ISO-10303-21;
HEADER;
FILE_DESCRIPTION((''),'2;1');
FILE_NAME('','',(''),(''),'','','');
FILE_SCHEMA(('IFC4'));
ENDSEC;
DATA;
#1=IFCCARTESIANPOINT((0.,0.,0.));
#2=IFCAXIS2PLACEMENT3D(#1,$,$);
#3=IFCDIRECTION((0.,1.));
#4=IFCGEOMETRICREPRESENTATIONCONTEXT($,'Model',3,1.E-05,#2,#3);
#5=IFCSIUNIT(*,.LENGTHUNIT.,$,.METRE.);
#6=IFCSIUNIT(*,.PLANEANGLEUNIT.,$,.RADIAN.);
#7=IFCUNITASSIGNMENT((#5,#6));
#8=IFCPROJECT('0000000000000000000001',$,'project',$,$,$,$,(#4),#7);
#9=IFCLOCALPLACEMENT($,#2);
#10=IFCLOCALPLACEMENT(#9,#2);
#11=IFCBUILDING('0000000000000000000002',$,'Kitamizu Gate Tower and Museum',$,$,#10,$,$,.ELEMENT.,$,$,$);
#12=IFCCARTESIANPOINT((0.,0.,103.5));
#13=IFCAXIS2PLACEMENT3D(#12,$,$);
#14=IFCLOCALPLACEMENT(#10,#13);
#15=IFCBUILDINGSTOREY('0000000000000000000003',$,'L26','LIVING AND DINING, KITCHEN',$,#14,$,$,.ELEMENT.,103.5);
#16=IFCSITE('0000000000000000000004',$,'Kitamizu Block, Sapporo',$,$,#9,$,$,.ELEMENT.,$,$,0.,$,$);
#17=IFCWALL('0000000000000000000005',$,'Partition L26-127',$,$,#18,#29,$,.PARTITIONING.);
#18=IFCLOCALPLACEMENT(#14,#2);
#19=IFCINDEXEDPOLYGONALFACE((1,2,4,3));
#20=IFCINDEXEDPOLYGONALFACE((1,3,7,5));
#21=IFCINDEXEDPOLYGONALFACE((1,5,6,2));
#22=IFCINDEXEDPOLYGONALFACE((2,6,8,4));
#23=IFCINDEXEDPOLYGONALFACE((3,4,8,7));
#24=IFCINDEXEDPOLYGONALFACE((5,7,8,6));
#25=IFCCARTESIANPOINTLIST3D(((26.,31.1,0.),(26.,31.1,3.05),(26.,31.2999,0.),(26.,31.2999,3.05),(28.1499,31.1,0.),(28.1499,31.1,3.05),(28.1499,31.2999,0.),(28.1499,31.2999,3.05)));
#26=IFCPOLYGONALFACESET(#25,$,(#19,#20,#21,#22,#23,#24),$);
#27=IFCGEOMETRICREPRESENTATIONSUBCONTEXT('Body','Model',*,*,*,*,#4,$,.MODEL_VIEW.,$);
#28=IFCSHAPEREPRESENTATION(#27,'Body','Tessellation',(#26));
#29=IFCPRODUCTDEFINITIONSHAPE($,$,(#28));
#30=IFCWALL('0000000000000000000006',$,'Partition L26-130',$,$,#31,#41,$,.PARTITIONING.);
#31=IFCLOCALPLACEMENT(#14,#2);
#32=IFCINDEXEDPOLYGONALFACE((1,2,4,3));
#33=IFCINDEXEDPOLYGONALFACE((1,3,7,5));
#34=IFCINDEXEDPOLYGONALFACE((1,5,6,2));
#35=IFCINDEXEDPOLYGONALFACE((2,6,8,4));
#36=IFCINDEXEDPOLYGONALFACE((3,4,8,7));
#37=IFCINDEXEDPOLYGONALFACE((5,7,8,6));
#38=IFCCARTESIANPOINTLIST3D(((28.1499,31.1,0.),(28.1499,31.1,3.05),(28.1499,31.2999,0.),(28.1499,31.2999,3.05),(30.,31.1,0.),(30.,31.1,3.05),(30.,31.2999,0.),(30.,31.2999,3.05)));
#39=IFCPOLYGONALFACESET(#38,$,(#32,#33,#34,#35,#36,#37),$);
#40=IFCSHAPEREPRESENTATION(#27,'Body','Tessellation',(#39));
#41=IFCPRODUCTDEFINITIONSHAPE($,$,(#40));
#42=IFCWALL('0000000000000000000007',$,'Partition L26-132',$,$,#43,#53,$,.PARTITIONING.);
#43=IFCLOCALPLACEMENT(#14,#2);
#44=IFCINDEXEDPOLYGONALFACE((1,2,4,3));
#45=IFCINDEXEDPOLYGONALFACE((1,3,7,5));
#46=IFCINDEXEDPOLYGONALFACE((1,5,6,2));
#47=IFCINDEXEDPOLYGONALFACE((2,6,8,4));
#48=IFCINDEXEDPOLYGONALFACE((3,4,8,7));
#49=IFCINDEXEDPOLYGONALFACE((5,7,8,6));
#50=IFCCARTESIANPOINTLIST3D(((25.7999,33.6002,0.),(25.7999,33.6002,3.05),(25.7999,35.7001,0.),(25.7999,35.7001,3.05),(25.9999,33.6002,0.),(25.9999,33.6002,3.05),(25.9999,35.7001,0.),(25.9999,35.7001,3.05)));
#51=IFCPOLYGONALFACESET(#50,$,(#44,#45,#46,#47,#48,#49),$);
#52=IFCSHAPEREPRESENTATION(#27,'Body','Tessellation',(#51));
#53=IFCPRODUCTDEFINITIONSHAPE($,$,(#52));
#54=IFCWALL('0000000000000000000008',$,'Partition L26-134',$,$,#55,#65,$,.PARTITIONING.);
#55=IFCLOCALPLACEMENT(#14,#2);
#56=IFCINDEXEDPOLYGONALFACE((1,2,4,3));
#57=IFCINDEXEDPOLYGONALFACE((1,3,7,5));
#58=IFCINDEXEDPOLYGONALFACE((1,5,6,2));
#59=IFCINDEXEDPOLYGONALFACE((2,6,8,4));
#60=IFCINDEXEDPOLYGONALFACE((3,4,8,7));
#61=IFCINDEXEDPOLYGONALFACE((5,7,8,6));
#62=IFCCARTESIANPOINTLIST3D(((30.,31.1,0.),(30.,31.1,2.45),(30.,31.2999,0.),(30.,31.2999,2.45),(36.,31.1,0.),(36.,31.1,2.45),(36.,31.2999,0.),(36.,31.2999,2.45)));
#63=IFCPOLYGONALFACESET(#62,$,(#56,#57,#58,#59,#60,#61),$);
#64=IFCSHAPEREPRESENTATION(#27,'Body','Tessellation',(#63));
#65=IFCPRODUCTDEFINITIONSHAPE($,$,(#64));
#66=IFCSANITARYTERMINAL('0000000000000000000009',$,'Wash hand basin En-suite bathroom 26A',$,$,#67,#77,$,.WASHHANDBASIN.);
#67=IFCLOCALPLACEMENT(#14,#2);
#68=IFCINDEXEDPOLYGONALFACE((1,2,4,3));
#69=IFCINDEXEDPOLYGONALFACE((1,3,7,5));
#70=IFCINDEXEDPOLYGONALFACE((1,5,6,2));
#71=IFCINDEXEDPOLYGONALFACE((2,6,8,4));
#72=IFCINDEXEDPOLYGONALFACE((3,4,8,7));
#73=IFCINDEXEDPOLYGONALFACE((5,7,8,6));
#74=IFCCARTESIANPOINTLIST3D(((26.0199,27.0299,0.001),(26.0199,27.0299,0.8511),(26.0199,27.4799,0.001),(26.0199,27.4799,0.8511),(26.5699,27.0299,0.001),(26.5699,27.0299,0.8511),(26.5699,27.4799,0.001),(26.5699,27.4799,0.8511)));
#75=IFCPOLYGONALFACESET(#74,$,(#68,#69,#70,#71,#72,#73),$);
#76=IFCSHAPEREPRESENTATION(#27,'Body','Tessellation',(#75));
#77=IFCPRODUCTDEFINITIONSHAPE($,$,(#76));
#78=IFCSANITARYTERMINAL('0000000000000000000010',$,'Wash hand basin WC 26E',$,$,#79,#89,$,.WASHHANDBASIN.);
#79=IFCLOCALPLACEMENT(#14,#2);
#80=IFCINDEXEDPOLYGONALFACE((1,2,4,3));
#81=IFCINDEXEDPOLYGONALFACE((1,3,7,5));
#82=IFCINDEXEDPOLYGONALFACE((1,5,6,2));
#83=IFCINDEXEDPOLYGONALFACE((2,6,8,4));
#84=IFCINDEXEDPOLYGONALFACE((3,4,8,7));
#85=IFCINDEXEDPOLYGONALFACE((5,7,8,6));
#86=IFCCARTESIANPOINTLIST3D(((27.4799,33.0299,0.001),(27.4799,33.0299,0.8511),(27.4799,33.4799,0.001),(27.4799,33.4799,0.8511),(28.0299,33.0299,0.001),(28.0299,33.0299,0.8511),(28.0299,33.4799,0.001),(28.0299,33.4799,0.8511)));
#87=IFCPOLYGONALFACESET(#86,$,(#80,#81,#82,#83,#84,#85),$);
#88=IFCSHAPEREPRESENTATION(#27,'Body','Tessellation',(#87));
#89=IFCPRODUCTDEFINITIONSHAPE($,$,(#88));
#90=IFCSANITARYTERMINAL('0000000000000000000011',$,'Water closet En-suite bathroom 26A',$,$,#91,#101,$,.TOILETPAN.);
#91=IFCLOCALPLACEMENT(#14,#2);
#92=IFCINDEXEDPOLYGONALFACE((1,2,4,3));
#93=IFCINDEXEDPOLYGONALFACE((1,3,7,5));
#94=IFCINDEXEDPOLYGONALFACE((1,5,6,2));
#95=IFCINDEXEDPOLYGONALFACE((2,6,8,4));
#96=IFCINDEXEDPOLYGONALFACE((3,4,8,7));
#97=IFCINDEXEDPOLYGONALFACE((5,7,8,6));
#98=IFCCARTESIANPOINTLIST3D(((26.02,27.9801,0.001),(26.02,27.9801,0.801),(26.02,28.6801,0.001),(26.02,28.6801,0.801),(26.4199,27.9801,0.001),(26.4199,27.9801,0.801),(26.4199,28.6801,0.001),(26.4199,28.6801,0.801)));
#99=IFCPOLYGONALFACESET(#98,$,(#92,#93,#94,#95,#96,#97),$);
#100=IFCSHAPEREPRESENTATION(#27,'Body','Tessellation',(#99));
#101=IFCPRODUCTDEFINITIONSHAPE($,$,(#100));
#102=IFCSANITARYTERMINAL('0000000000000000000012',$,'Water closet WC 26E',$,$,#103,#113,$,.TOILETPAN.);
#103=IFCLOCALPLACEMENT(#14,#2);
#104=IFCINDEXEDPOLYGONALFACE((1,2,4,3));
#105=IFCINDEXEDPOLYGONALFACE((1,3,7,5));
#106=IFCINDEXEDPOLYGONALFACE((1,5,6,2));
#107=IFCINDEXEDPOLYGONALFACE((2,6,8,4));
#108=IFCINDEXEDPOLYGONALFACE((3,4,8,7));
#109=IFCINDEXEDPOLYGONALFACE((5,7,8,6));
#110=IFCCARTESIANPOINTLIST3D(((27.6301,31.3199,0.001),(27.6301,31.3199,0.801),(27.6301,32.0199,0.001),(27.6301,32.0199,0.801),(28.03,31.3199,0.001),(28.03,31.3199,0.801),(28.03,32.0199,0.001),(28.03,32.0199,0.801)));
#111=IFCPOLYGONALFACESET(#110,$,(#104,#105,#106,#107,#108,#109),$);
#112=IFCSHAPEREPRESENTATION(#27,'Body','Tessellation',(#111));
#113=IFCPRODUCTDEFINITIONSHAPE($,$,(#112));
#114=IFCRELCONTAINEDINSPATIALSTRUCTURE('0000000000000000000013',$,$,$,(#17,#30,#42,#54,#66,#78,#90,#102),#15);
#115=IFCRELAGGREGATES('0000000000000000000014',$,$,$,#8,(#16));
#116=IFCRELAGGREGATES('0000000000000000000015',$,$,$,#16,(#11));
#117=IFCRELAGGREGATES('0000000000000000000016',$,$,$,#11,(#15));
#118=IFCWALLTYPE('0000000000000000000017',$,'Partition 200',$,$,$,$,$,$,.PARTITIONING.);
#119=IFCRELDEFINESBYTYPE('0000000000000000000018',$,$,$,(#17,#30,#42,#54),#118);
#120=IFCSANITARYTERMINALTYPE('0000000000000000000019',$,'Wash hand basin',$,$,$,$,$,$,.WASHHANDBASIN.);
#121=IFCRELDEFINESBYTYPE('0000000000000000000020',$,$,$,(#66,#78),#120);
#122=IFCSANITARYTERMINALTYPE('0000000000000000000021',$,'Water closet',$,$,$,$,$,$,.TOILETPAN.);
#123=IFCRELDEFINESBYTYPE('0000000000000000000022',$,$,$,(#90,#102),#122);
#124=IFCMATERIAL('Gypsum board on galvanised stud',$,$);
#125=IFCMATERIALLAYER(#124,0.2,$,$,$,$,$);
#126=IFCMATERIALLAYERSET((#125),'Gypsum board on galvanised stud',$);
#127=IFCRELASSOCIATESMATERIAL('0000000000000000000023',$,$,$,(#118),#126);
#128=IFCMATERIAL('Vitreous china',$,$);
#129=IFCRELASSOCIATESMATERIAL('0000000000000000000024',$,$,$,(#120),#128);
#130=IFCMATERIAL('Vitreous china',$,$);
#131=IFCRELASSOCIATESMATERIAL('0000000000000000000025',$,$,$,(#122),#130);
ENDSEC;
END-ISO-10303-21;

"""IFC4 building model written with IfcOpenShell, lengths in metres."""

from ifc_helpers import new_model, si_unit, direction, frame, frame_2d, origin, origin_2d, place, context, subcontext, project, spatial, rectangle, extrude, material, layer, layer_set, type_object, element, save


model = new_model("IFC4")

# Units and contexts
model_context = context("Model", 3, precision=1e-05, world=origin(), true_north=direction((0.0, 1.0)))
body_context = subcontext(model_context, "Body", "Model", "MODEL_VIEW")
ifc_project = project(units=[si_unit("LENGTHUNIT", "METRE"), si_unit("PLANEANGLEUNIT", "RADIAN")], contexts=[model_context])

# Site, building, storey
site_placement = place(None, origin())
site = spatial("IfcSite", under=ifc_project, at=site_placement, Name="Kitamizu Block, Sapporo", CompositionType="ELEMENT", RefElevation=0.0)
building_placement = place(site_placement, origin())
building = spatial("IfcBuilding", under=site, at=building_placement, Name="Kitamizu Gate Tower and Museum", CompositionType="ELEMENT")
storey_placement = place(building_placement, frame((0.0, 0.0, 103.5)))
storey = spatial("IfcBuildingStorey", under=building, at=storey_placement, Name="L26", Description="LIVING AND DINING, KITCHEN", CompositionType="ELEMENT", Elevation=103.5)

# Shared definitions
ifc_material_1 = material(Name="Gypsum board on galvanised stud")
ifc_layer_1 = layer(ifc_material_1, 0.2)
ifc_layer_set_1 = layer_set([ifc_layer_1], Name="Gypsum board on galvanised stud")
wall_type_1 = type_object("IfcWallType", Name="Partition 200", PredefinedType="PARTITIONING", material=ifc_layer_set_1)

# Walls
wall_1_placement = place(storey_placement, frame((26.0, 31.2, 0.0), z_axis=(0.0, 0.0, 1.0), x_axis=(1.0, 0.0, 0.0)))
element("IfcWall", 1, at=wall_1_placement, inside=storey, type_object=wall_type_1, Name="Partition L26-127", PredefinedType="PARTITIONING", context=body_context, shape_type="SweptSolid", body=[
    extrude(rectangle(XDim=2.1499, YDim=0.2, at=frame_2d((1.075, 0.0))), origin(), (0.0, 0.0, 1.0), 3.05),
])
wall_2_placement = place(storey_placement, frame((28.1499, 31.2, 0.0), z_axis=(0.0, 0.0, 1.0), x_axis=(1.0, 0.0, 0.0)))
element("IfcWall", 2, at=wall_2_placement, inside=storey, type_object=wall_type_1, Name="Partition L26-130", PredefinedType="PARTITIONING", context=body_context, shape_type="SweptSolid", body=[
    extrude(rectangle(XDim=1.8501, YDim=0.2, at=frame_2d((0.925, 0.0))), origin(), (0.0, 0.0, 1.0), 3.05),
])
wall_3_placement = place(storey_placement, frame((25.8999, 35.7, 0.0), z_axis=(0.0, 0.0, 1.0), x_axis=(0.0, -1.0, 0.0)))
element("IfcWall", 3, at=wall_3_placement, inside=storey, type_object=wall_type_1, Name="Partition L26-132", PredefinedType="PARTITIONING", context=body_context, shape_type="SweptSolid", body=[
    extrude(rectangle(XDim=2.0999, YDim=0.2, at=frame_2d((1.0498, 0.0))), origin(), (0.0, 0.0, 1.0), 3.05),
])
wall_4_placement = place(storey_placement, frame((30.0, 31.2, 0.0), z_axis=(0.0, 0.0, 1.0), x_axis=(1.0, 0.0, 0.0)))
element("IfcWall", 4, at=wall_4_placement, inside=storey, type_object=wall_type_1, Name="Partition L26-134", PredefinedType="PARTITIONING", context=body_context, shape_type="SweptSolid", body=[
    extrude(rectangle(XDim=6.0, YDim=0.2, at=frame_2d((3.0, 0.0))), origin(), (0.0, 0.0, 1.0), 2.45),
])

# Sanitary terminals
ifc_material_2 = material(Name="Vitreous china")
sanitary_terminal_type_1 = type_object("IfcSanitaryTerminalType", Name="Wash hand basin", PredefinedType="WASHHANDBASIN", material=ifc_material_2)
for number, where, z_axis, x_axis, name in (
    (5, (26.2949, 27.2549, 0.001), (0.0, 0.0, 1.0), (1.0, 0.0, 0.0), "Wash hand basin En-suite bathroom 26A"),
    (6, (27.7549, 33.2549, 0.001), (0.0, 0.0, 1.0), (1.0, 0.0, 0.0), "Wash hand basin WC 26E"),
):
    element("IfcSanitaryTerminal", number, at=place(storey_placement, frame(where, z_axis=z_axis, x_axis=x_axis)), inside=storey, type_object=sanitary_terminal_type_1, Name=name, PredefinedType="WASHHANDBASIN", context=body_context, shape_type="SweptSolid", body=[
        extrude(rectangle(XDim=0.55, YDim=0.45, at=origin_2d()), origin(), (0.0, 0.0, 1.0), 0.8501),
    ])
ifc_material_3 = material(Name="Vitreous china")
sanitary_terminal_type_2 = type_object("IfcSanitaryTerminalType", Name="Water closet", PredefinedType="TOILETPAN", material=ifc_material_3)
for number, where, z_axis, x_axis, name in (
    (7, (26.22, 28.3301, 0.001), (0.0, 0.0, 1.0), (1.0, 0.0, 0.0), "Water closet En-suite bathroom 26A"),
    (8, (27.8301, 31.6699, 0.001), (0.0, 0.0, 1.0), (1.0, 0.0, 0.0), "Water closet WC 26E"),
):
    element("IfcSanitaryTerminal", number, at=place(storey_placement, frame(where, z_axis=z_axis, x_axis=x_axis)), inside=storey, type_object=sanitary_terminal_type_2, Name=name, PredefinedType="TOILETPAN", context=body_context, shape_type="SweptSolid", body=[
        extrude(rectangle(XDim=0.3999, YDim=0.7, at=origin_2d()), origin(), (0.0, 0.0, 1.0), 0.8),
    ])

save(model, "model.ifc")
